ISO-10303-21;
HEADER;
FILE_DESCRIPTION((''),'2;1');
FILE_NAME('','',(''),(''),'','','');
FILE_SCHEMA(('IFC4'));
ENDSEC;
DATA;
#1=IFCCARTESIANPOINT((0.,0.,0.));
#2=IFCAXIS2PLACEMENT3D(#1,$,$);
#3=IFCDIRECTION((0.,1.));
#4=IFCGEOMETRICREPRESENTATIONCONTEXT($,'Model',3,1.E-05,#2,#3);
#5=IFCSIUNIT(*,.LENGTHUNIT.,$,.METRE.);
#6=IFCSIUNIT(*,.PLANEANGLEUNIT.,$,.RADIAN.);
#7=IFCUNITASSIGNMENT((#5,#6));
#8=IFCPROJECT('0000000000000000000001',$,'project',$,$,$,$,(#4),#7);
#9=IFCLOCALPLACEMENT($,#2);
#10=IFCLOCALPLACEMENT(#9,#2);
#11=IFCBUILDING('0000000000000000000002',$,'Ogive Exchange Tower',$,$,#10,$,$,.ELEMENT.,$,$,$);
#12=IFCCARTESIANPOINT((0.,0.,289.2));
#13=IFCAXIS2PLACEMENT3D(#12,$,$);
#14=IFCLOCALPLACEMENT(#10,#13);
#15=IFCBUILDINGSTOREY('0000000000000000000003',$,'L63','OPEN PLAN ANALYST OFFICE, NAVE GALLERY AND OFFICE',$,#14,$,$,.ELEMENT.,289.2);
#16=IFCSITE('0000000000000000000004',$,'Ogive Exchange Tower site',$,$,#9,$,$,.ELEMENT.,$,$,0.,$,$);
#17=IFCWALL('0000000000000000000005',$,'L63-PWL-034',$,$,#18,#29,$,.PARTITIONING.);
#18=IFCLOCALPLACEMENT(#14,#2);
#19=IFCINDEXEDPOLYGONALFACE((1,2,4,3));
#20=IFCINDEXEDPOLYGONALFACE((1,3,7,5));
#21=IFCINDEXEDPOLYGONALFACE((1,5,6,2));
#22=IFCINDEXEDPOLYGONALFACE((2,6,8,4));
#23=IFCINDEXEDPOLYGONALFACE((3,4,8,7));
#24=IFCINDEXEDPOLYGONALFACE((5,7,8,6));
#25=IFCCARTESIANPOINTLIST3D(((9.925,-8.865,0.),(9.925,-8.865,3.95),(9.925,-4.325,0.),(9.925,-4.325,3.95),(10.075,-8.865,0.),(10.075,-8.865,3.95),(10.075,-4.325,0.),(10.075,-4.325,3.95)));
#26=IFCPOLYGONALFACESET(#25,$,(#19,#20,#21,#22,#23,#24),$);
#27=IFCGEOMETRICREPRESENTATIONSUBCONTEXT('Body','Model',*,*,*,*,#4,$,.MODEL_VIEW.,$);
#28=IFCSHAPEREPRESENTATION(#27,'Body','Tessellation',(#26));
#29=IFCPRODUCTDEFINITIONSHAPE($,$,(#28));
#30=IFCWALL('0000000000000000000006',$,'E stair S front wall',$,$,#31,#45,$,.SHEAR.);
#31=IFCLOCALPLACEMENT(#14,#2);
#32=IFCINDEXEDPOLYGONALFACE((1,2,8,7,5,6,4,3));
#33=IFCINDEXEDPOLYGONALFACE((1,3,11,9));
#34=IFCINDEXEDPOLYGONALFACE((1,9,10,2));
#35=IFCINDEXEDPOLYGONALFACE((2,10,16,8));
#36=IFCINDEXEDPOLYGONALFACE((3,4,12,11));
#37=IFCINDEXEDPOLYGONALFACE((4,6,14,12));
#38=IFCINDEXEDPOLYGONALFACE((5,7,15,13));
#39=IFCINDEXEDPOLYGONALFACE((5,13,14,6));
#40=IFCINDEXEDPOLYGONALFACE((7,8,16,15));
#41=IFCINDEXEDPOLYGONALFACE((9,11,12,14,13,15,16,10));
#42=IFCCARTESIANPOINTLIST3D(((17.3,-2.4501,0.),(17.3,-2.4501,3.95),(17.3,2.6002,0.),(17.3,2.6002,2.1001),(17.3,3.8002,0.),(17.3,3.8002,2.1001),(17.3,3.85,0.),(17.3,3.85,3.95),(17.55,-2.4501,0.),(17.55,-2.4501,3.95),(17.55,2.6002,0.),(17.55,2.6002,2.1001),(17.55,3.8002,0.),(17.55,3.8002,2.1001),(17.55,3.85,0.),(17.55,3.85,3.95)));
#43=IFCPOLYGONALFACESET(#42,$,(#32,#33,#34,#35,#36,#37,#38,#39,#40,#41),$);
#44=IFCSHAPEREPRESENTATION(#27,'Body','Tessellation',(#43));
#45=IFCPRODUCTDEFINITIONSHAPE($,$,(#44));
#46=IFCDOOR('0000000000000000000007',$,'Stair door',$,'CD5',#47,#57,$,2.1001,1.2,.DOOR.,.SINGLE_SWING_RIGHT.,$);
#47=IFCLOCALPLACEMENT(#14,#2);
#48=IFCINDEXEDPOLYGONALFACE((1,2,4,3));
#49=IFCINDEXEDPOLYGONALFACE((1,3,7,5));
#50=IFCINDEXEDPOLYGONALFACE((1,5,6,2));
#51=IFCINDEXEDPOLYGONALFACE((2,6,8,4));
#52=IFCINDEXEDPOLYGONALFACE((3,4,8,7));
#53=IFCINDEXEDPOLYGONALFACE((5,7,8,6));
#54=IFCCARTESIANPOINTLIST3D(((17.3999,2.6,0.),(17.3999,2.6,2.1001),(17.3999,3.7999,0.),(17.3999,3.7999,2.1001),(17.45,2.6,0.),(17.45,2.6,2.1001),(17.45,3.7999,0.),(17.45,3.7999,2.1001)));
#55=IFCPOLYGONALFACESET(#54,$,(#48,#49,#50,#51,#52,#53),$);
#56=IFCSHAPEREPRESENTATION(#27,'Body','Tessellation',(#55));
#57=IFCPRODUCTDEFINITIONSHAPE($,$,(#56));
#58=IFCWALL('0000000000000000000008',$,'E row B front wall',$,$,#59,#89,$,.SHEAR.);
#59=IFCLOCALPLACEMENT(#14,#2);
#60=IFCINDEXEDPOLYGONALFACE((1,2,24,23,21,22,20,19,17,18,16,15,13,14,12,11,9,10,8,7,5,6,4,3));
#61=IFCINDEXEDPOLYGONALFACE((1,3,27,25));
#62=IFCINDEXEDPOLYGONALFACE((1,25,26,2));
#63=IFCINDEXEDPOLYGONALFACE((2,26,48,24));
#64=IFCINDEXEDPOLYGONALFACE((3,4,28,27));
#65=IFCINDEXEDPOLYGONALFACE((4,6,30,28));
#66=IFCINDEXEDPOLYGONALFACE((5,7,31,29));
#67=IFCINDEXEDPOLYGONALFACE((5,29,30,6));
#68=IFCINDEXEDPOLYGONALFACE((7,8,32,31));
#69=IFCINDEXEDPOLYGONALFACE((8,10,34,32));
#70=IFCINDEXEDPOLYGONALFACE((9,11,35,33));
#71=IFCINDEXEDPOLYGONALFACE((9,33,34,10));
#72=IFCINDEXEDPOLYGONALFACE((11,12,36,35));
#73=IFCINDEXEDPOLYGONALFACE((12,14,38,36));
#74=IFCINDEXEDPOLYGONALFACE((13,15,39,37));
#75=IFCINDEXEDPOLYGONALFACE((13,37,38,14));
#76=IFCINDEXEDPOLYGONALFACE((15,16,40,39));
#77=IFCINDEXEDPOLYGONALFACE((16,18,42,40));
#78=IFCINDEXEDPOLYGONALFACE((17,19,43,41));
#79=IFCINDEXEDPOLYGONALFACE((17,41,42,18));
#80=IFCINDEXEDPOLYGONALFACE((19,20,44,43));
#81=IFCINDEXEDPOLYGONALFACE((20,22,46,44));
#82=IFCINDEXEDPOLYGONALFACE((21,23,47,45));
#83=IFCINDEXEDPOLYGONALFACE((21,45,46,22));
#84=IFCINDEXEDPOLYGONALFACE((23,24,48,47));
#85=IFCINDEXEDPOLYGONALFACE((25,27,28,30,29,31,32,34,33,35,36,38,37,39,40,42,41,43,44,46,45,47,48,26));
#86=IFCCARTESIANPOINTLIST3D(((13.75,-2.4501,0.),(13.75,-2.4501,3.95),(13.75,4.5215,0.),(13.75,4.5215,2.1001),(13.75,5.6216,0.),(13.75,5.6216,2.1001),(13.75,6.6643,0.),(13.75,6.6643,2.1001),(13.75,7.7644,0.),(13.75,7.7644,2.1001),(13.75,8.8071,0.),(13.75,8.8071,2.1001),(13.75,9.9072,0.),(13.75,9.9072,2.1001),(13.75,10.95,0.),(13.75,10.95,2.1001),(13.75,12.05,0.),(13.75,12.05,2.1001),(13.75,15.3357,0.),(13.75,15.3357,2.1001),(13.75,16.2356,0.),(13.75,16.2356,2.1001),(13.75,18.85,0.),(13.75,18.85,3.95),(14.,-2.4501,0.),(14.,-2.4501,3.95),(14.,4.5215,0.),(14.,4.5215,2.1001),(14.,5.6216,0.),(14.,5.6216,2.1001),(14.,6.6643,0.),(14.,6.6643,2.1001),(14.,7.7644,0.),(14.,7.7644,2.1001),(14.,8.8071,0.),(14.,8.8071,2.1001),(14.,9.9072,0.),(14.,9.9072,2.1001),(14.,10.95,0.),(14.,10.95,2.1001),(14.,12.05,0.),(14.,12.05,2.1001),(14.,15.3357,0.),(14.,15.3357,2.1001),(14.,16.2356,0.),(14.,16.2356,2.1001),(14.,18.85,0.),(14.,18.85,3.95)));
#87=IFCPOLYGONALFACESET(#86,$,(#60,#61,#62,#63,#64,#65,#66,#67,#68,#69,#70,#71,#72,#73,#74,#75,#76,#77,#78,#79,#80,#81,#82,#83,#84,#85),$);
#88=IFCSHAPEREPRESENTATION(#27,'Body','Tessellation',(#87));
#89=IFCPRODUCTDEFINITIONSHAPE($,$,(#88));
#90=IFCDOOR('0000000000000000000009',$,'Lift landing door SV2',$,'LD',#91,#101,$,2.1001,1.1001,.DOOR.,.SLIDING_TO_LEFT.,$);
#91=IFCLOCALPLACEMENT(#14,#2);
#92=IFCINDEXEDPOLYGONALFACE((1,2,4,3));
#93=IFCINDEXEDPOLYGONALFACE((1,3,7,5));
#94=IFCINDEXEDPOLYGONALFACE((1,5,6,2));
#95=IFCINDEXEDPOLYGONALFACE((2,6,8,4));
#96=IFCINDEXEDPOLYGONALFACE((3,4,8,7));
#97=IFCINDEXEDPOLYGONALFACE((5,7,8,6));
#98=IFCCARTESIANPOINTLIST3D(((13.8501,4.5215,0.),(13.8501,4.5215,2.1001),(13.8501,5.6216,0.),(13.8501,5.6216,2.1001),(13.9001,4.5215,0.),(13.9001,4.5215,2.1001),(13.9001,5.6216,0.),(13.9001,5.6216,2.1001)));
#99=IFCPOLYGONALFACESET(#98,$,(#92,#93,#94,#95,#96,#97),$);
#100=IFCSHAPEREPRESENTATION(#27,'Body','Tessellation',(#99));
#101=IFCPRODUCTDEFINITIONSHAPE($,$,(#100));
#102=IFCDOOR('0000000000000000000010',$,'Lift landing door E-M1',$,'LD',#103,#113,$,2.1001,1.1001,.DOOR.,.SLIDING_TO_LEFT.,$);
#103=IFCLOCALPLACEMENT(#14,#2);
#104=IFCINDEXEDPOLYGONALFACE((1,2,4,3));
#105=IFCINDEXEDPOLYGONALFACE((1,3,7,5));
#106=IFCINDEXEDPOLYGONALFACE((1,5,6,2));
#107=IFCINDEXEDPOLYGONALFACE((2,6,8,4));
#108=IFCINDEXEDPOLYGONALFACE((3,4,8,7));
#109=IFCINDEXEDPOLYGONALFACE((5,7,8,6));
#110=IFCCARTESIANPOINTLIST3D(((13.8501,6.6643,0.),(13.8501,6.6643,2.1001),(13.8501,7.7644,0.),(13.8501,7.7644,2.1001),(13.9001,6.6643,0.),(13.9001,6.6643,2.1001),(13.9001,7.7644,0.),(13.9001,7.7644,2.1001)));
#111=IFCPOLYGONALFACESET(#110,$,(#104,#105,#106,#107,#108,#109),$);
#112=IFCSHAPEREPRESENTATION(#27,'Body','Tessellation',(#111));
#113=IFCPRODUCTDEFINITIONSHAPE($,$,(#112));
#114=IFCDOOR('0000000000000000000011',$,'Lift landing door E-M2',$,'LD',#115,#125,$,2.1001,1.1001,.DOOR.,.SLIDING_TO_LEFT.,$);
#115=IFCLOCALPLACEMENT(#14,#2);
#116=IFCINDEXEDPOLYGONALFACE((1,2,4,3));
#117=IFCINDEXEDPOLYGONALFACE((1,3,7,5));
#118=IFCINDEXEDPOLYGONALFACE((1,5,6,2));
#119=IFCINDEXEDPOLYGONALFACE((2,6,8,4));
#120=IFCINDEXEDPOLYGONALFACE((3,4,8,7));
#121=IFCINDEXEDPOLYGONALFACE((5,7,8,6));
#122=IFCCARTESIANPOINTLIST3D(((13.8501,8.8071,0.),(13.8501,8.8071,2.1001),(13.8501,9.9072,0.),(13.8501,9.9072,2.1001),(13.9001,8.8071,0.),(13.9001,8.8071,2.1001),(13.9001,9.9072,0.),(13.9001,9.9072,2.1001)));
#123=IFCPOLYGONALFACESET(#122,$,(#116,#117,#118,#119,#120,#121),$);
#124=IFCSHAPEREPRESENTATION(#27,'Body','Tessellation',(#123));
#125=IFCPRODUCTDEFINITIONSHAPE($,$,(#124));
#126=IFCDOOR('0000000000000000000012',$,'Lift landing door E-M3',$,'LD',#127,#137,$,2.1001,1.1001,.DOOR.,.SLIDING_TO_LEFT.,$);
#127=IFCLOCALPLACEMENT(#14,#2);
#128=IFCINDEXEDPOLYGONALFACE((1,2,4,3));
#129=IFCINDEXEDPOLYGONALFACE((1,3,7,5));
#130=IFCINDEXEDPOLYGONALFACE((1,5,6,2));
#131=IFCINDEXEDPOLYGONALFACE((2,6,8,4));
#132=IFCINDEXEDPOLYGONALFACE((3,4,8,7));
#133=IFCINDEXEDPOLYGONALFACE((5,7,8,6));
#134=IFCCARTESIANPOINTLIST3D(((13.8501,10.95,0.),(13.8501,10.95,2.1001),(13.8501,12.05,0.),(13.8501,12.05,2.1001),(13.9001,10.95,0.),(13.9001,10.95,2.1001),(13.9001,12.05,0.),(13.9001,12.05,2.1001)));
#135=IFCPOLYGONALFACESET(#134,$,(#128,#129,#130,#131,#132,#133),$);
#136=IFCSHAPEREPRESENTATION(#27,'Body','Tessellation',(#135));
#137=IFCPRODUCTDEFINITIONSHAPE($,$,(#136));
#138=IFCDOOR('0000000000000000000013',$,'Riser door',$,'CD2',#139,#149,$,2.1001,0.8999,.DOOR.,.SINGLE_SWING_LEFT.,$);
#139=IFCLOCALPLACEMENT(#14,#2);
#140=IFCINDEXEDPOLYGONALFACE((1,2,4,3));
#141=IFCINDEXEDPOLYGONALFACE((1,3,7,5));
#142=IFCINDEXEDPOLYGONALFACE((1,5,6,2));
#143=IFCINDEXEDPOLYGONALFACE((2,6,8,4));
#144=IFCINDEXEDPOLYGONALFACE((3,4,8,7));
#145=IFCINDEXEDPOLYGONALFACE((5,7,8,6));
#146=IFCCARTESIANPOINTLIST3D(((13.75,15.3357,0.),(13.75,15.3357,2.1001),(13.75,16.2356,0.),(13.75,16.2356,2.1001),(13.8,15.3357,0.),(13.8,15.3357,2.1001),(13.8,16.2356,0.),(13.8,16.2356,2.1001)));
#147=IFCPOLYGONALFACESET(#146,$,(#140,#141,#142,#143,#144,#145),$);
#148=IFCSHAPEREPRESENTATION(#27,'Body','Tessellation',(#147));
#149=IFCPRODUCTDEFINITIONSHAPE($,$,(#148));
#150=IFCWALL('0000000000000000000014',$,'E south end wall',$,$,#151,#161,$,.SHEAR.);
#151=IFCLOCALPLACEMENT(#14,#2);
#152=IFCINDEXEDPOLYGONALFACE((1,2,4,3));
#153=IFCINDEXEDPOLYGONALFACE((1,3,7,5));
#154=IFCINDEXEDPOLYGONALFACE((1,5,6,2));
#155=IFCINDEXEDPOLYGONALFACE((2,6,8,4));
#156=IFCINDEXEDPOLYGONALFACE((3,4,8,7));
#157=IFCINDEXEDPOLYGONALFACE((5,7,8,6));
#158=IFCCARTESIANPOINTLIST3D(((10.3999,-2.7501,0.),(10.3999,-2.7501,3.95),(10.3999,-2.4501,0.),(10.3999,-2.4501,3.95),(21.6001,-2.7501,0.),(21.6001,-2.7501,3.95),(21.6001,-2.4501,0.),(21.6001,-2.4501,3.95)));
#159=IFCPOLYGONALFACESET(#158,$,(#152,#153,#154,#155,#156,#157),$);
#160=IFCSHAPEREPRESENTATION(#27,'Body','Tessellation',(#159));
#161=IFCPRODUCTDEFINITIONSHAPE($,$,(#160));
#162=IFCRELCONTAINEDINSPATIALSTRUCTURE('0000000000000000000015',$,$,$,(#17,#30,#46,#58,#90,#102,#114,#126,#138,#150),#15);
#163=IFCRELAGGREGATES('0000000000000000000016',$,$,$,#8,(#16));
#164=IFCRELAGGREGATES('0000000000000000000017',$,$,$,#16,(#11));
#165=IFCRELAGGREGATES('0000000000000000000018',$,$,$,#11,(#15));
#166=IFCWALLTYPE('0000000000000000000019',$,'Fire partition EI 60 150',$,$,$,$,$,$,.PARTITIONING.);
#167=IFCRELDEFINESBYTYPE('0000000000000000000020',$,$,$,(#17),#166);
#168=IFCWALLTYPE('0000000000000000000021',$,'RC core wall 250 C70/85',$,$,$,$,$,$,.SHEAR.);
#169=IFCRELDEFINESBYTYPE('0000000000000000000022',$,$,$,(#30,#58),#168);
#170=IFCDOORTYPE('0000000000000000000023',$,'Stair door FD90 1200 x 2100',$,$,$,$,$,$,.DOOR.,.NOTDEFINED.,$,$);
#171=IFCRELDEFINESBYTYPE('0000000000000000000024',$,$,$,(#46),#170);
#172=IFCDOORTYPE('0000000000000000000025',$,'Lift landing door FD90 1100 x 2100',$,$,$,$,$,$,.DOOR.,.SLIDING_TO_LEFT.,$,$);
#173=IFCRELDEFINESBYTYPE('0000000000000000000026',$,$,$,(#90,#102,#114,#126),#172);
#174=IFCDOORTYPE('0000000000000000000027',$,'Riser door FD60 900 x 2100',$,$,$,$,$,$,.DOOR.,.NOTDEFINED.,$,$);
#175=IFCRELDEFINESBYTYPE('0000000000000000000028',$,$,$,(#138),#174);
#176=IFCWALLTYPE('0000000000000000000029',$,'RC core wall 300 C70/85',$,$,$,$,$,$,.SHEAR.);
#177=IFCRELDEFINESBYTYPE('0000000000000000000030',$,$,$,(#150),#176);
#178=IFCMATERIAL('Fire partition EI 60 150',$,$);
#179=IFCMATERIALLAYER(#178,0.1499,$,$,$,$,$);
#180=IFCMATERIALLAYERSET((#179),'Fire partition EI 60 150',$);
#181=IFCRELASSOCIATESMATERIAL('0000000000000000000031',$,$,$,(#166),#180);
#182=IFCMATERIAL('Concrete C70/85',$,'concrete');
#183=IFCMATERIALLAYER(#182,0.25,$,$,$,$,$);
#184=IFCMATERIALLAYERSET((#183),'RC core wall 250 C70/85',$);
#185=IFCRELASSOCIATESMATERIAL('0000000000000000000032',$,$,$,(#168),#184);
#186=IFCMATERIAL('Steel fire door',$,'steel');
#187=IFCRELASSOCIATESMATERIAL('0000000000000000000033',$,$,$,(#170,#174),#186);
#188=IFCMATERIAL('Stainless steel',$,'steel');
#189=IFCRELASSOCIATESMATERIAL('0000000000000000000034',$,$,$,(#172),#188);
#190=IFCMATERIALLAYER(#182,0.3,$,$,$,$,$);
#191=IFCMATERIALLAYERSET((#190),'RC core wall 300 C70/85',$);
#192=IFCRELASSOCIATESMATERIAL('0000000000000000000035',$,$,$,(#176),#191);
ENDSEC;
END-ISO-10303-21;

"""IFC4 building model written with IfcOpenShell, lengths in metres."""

from ifc_helpers import new_model, si_unit, direction, frame, frame_2d, origin, place, context, subcontext, project, spatial, rectangle, extrude, material, layer, layer_set, type_object, element, fill, save


model = new_model("IFC4")

# Units and contexts
model_context = context("Model", 3, precision=1e-05, world=origin(), true_north=direction((0.0, 1.0)))
body_context = subcontext(model_context, "Body", "Model", "MODEL_VIEW")
ifc_project = project(units=[si_unit("LENGTHUNIT", "METRE"), si_unit("PLANEANGLEUNIT", "RADIAN")], contexts=[model_context])

# Site, building, storey
site_placement = place(None, origin())
site = spatial("IfcSite", under=ifc_project, at=site_placement, Name="Ogive Exchange Tower site", CompositionType="ELEMENT", RefElevation=0.0)
building_placement = place(site_placement, origin())
building = spatial("IfcBuilding", under=site, at=building_placement, Name="Ogive Exchange Tower", CompositionType="ELEMENT")
storey_placement = place(building_placement, frame((0.0, 0.0, 289.2)))
storey = spatial("IfcBuildingStorey", under=building, at=storey_placement, Name="L63", Description="OPEN PLAN ANALYST OFFICE, NAVE GALLERY AND OFFICE", CompositionType="ELEMENT", Elevation=289.2)

# Wall
ifc_material_1 = material(Name="Fire partition EI 60 150")
ifc_layer_1 = layer(ifc_material_1, 0.1499)
ifc_layer_set_1 = layer_set([ifc_layer_1], Name="Fire partition EI 60 150")
wall_type_1 = type_object("IfcWallType", Name="Fire partition EI 60 150", PredefinedType="PARTITIONING", material=ifc_layer_set_1)
wall_1_placement = place(storey_placement, frame((10.0, -4.325, 0.0), z_axis=(0.0, 0.0, 1.0), x_axis=(0.0, -1.0, 0.0)))
element("IfcWall", 1, at=wall_1_placement, inside=storey, type_object=wall_type_1, Name="L63-PWL-034", PredefinedType="PARTITIONING", context=body_context, shape_type="SweptSolid", body=[
    extrude(rectangle(XDim=4.54, YDim=0.1499, at=frame_2d((2.27, 0.0))), origin(), (0.0, 0.0, 1.0), 3.95),
])

# Wall, opening, door
ifc_material_2 = material(Name="Concrete C70/85", Category="concrete")
ifc_layer_2 = layer(ifc_material_2, 0.25)
ifc_layer_set_2 = layer_set([ifc_layer_2], Name="RC core wall 250 C70/85")
wall_type_2 = type_object("IfcWallType", Name="RC core wall 250 C70/85", PredefinedType="SHEAR", material=ifc_layer_set_2)
wall_2_placement = place(storey_placement, frame((17.425, -2.45, 0.0), z_axis=(0.0, 0.0, 1.0), x_axis=(0.0, 1.0, 0.0)))
wall_2 = element("IfcWall", 2, at=wall_2_placement, inside=storey, type_object=wall_type_2, Name="E stair S front wall", PredefinedType="SHEAR", context=body_context, shape_type="SweptSolid", body=[
    extrude(rectangle(XDim=6.3, YDim=0.25, at=frame_2d((3.1499, 0.0))), origin(), (0.0, 0.0, 1.0), 3.95),
])
opening_1_placement = place(wall_2_placement, frame((5.05, 0.0, 0.0)))
opening_1 = element("IfcOpeningElement", 3, at=opening_1_placement, cuts=wall_2, PredefinedType="OPENING", context=body_context, shape_type="SweptSolid", body=[
    extrude(rectangle(XDim=1.2, YDim=2.1001, at=frame_2d((0.6001, 1.05))), frame((0.0, 0.135, 0.0), z_axis=(0.0, -1.0, 0.0), x_axis=(1.0, 0.0, 0.0)), (0.0, 0.0, 1.0), 0.27),
])
ifc_material_3 = material(Name="Steel fire door", Category="steel")
door_type_1 = type_object("IfcDoorType", Name="Stair door FD90 1200 x 2100", OperationType="NOTDEFINED", PredefinedType="DOOR", material=ifc_material_3)
door_1_placement = place(opening_1_placement, frame((1.2, 0.0, 0.0), z_axis=(0.0, 0.0, 1.0), x_axis=(-1.0, 0.0, 0.0)))
door_1 = element("IfcDoor", 4, at=door_1_placement, inside=storey, type_object=door_type_1, Name="Stair door", ObjectType="CD5", OperationType="SINGLE_SWING_RIGHT", OverallHeight=2.1001, OverallWidth=1.2, PredefinedType="DOOR", context=body_context, shape_type="SweptSolid", body=[
    extrude(rectangle(XDim=1.2, YDim=2.1001, at=frame_2d((0.6001, 1.05))), frame((0.0, 0.0249, 0.0), z_axis=(0.0, -1.0, 0.0), x_axis=(1.0, 0.0, 0.0)), (0.0, 0.0, 1.0), 0.05),
])
fill(opening_1, door_1)

# Wall, openings, doors
wall_3_placement = place(storey_placement, frame((13.875, -2.45, 0.0), z_axis=(0.0, 0.0, 1.0), x_axis=(0.0, 1.0, 0.0)))
wall_3 = element("IfcWall", 5, at=wall_3_placement, inside=storey, type_object=wall_type_2, Name="E row B front wall", PredefinedType="SHEAR", context=body_context, shape_type="SweptSolid", body=[
    extrude(rectangle(XDim=21.3, YDim=0.25, at=frame_2d((10.6499, 0.0))), origin(), (0.0, 0.0, 1.0), 3.95),
])
opening_2_placement = place(wall_3_placement, frame((17.7856, 0.0, 0.0)))
opening_2 = element("IfcOpeningElement", 6, at=opening_2_placement, cuts=wall_3, PredefinedType="OPENING", context=body_context, shape_type="SweptSolid", body=[
    extrude(rectangle(XDim=0.8999, YDim=2.1001, at=frame_2d((0.45, 1.05))), frame((0.0, 0.135, 0.0), z_axis=(0.0, -1.0, 0.0), x_axis=(1.0, 0.0, 0.0)), (0.0, 0.0, 1.0), 0.27),
])
opening_3_placement = place(wall_3_placement, frame((6.9714, 0.0, 0.0)))
opening_3 = element("IfcOpeningElement", 7, at=opening_3_placement, cuts=wall_3, PredefinedType="OPENING", context=body_context, shape_type="SweptSolid", body=[
    extrude(rectangle(XDim=1.1001, YDim=2.1001, at=frame_2d((0.55, 1.05))), frame((0.0, 0.135, 0.0), z_axis=(0.0, -1.0, 0.0), x_axis=(1.0, 0.0, 0.0)), (0.0, 0.0, 1.0), 0.27),
])
opening_4_placement = place(wall_3_placement, frame((9.1143, 0.0, 0.0)))
opening_4 = element("IfcOpeningElement", 8, at=opening_4_placement, cuts=wall_3, PredefinedType="OPENING", context=body_context, shape_type="SweptSolid", body=[
    extrude(rectangle(XDim=1.1001, YDim=2.1001, at=frame_2d((0.55, 1.05))), frame((0.0, 0.135, 0.0), z_axis=(0.0, -1.0, 0.0), x_axis=(1.0, 0.0, 0.0)), (0.0, 0.0, 1.0), 0.27),
])
opening_5_placement = place(wall_3_placement, frame((11.2571, 0.0, 0.0)))
opening_5 = element("IfcOpeningElement", 9, at=opening_5_placement, cuts=wall_3, PredefinedType="OPENING", context=body_context, shape_type="SweptSolid", body=[
    extrude(rectangle(XDim=1.1001, YDim=2.1001, at=frame_2d((0.55, 1.05))), frame((0.0, 0.135, 0.0), z_axis=(0.0, -1.0, 0.0), x_axis=(1.0, 0.0, 0.0)), (0.0, 0.0, 1.0), 0.27),
])
opening_6_placement = place(wall_3_placement, frame((13.3999, 0.0, 0.0)))
opening_6 = element("IfcOpeningElement", 10, at=opening_6_placement, cuts=wall_3, PredefinedType="OPENING", context=body_context, shape_type="SweptSolid", body=[
    extrude(rectangle(XDim=1.1001, YDim=2.1001, at=frame_2d((0.55, 1.05))), frame((0.0, 0.135, 0.0), z_axis=(0.0, -1.0, 0.0), x_axis=(1.0, 0.0, 0.0)), (0.0, 0.0, 1.0), 0.27),
])
ifc_material_4 = material(Name="Stainless steel", Category="steel")
door_type_2 = type_object("IfcDoorType", Name="Lift landing door FD90 1100 x 2100", OperationType="SLIDING_TO_LEFT", PredefinedType="DOOR", material=ifc_material_4)
door_2_placement = place(opening_3_placement, origin())
door_2 = element("IfcDoor", 11, at=door_2_placement, inside=storey, type_object=door_type_2, Name="Lift landing door SV2", ObjectType="LD", OperationType="SLIDING_TO_LEFT", OverallHeight=2.1001, OverallWidth=1.1001, PredefinedType="DOOR", context=body_context, shape_type="SweptSolid", body=[
    extrude(rectangle(XDim=1.1001, YDim=2.1001, at=frame_2d((0.55, 1.05))), frame((0.0, 0.0249, 0.0), z_axis=(0.0, -1.0, 0.0), x_axis=(1.0, 0.0, 0.0)), (0.0, 0.0, 1.0), 0.05),
])
fill(opening_3, door_2)
door_3_placement = place(opening_4_placement, origin())
door_3 = element("IfcDoor", 12, at=door_3_placement, inside=storey, type_object=door_type_2, Name="Lift landing door E-M1", ObjectType="LD", OperationType="SLIDING_TO_LEFT", OverallHeight=2.1001, OverallWidth=1.1001, PredefinedType="DOOR", context=body_context, shape_type="SweptSolid", body=[
    extrude(rectangle(XDim=1.1001, YDim=2.1001, at=frame_2d((0.55, 1.05))), frame((0.0, 0.0249, 0.0), z_axis=(0.0, -1.0, 0.0), x_axis=(1.0, 0.0, 0.0)), (0.0, 0.0, 1.0), 0.05),
])
fill(opening_4, door_3)
door_4_placement = place(opening_5_placement, origin())
door_4 = element("IfcDoor", 13, at=door_4_placement, inside=storey, type_object=door_type_2, Name="Lift landing door E-M2", ObjectType="LD", OperationType="SLIDING_TO_LEFT", OverallHeight=2.1001, OverallWidth=1.1001, PredefinedType="DOOR", context=body_context, shape_type="SweptSolid", body=[
    extrude(rectangle(XDim=1.1001, YDim=2.1001, at=frame_2d((0.55, 1.05))), frame((0.0, 0.0249, 0.0), z_axis=(0.0, -1.0, 0.0), x_axis=(1.0, 0.0, 0.0)), (0.0, 0.0, 1.0), 0.05),
])
fill(opening_5, door_4)
door_5_placement = place(opening_6_placement, origin())
door_5 = element("IfcDoor", 14, at=door_5_placement, inside=storey, type_object=door_type_2, Name="Lift landing door E-M3", ObjectType="LD", OperationType="SLIDING_TO_LEFT", OverallHeight=2.1001, OverallWidth=1.1001, PredefinedType="DOOR", context=body_context, shape_type="SweptSolid", body=[
    extrude(rectangle(XDim=1.1001, YDim=2.1001, at=frame_2d((0.55, 1.05))), frame((0.0, 0.0249, 0.0), z_axis=(0.0, -1.0, 0.0), x_axis=(1.0, 0.0, 0.0)), (0.0, 0.0, 1.0), 0.05),
])
fill(opening_6, door_5)
door_type_3 = type_object("IfcDoorType", Name="Riser door FD60 900 x 2100", OperationType="NOTDEFINED", PredefinedType="DOOR", material=ifc_material_3)
door_6_placement = place(opening_2_placement, origin())
door_6 = element("IfcDoor", 15, at=door_6_placement, inside=storey, type_object=door_type_3, Name="Riser door", ObjectType="CD2", OperationType="SINGLE_SWING_LEFT", OverallHeight=2.1001, OverallWidth=0.8999, PredefinedType="DOOR", context=body_context, shape_type="SweptSolid", body=[
    extrude(rectangle(XDim=0.8999, YDim=2.1001, at=frame_2d((0.45, 1.05))), frame((0.0, 0.125, 0.0), z_axis=(0.0, -1.0, 0.0), x_axis=(1.0, 0.0, 0.0)), (0.0, 0.0, 1.0), 0.05),
])
fill(opening_2, door_6)

# Wall
ifc_layer_3 = layer(ifc_material_2, 0.3)
ifc_layer_set_3 = layer_set([ifc_layer_3], Name="RC core wall 300 C70/85")
wall_type_3 = type_object("IfcWallType", Name="RC core wall 300 C70/85", PredefinedType="SHEAR", material=ifc_layer_set_3)
wall_4_placement = place(storey_placement, frame((10.3999, -2.6001, 0.0), z_axis=(0.0, 0.0, 1.0), x_axis=(1.0, 0.0, 0.0)))
element("IfcWall", 16, at=wall_4_placement, inside=storey, type_object=wall_type_3, Name="E south end wall", PredefinedType="SHEAR", context=body_context, shape_type="SweptSolid", body=[
    extrude(rectangle(XDim=11.2002, YDim=0.3, at=frame_2d((5.6001, 0.0))), origin(), (0.0, 0.0, 1.0), 3.95),
])

save(model, "model.ifc")
